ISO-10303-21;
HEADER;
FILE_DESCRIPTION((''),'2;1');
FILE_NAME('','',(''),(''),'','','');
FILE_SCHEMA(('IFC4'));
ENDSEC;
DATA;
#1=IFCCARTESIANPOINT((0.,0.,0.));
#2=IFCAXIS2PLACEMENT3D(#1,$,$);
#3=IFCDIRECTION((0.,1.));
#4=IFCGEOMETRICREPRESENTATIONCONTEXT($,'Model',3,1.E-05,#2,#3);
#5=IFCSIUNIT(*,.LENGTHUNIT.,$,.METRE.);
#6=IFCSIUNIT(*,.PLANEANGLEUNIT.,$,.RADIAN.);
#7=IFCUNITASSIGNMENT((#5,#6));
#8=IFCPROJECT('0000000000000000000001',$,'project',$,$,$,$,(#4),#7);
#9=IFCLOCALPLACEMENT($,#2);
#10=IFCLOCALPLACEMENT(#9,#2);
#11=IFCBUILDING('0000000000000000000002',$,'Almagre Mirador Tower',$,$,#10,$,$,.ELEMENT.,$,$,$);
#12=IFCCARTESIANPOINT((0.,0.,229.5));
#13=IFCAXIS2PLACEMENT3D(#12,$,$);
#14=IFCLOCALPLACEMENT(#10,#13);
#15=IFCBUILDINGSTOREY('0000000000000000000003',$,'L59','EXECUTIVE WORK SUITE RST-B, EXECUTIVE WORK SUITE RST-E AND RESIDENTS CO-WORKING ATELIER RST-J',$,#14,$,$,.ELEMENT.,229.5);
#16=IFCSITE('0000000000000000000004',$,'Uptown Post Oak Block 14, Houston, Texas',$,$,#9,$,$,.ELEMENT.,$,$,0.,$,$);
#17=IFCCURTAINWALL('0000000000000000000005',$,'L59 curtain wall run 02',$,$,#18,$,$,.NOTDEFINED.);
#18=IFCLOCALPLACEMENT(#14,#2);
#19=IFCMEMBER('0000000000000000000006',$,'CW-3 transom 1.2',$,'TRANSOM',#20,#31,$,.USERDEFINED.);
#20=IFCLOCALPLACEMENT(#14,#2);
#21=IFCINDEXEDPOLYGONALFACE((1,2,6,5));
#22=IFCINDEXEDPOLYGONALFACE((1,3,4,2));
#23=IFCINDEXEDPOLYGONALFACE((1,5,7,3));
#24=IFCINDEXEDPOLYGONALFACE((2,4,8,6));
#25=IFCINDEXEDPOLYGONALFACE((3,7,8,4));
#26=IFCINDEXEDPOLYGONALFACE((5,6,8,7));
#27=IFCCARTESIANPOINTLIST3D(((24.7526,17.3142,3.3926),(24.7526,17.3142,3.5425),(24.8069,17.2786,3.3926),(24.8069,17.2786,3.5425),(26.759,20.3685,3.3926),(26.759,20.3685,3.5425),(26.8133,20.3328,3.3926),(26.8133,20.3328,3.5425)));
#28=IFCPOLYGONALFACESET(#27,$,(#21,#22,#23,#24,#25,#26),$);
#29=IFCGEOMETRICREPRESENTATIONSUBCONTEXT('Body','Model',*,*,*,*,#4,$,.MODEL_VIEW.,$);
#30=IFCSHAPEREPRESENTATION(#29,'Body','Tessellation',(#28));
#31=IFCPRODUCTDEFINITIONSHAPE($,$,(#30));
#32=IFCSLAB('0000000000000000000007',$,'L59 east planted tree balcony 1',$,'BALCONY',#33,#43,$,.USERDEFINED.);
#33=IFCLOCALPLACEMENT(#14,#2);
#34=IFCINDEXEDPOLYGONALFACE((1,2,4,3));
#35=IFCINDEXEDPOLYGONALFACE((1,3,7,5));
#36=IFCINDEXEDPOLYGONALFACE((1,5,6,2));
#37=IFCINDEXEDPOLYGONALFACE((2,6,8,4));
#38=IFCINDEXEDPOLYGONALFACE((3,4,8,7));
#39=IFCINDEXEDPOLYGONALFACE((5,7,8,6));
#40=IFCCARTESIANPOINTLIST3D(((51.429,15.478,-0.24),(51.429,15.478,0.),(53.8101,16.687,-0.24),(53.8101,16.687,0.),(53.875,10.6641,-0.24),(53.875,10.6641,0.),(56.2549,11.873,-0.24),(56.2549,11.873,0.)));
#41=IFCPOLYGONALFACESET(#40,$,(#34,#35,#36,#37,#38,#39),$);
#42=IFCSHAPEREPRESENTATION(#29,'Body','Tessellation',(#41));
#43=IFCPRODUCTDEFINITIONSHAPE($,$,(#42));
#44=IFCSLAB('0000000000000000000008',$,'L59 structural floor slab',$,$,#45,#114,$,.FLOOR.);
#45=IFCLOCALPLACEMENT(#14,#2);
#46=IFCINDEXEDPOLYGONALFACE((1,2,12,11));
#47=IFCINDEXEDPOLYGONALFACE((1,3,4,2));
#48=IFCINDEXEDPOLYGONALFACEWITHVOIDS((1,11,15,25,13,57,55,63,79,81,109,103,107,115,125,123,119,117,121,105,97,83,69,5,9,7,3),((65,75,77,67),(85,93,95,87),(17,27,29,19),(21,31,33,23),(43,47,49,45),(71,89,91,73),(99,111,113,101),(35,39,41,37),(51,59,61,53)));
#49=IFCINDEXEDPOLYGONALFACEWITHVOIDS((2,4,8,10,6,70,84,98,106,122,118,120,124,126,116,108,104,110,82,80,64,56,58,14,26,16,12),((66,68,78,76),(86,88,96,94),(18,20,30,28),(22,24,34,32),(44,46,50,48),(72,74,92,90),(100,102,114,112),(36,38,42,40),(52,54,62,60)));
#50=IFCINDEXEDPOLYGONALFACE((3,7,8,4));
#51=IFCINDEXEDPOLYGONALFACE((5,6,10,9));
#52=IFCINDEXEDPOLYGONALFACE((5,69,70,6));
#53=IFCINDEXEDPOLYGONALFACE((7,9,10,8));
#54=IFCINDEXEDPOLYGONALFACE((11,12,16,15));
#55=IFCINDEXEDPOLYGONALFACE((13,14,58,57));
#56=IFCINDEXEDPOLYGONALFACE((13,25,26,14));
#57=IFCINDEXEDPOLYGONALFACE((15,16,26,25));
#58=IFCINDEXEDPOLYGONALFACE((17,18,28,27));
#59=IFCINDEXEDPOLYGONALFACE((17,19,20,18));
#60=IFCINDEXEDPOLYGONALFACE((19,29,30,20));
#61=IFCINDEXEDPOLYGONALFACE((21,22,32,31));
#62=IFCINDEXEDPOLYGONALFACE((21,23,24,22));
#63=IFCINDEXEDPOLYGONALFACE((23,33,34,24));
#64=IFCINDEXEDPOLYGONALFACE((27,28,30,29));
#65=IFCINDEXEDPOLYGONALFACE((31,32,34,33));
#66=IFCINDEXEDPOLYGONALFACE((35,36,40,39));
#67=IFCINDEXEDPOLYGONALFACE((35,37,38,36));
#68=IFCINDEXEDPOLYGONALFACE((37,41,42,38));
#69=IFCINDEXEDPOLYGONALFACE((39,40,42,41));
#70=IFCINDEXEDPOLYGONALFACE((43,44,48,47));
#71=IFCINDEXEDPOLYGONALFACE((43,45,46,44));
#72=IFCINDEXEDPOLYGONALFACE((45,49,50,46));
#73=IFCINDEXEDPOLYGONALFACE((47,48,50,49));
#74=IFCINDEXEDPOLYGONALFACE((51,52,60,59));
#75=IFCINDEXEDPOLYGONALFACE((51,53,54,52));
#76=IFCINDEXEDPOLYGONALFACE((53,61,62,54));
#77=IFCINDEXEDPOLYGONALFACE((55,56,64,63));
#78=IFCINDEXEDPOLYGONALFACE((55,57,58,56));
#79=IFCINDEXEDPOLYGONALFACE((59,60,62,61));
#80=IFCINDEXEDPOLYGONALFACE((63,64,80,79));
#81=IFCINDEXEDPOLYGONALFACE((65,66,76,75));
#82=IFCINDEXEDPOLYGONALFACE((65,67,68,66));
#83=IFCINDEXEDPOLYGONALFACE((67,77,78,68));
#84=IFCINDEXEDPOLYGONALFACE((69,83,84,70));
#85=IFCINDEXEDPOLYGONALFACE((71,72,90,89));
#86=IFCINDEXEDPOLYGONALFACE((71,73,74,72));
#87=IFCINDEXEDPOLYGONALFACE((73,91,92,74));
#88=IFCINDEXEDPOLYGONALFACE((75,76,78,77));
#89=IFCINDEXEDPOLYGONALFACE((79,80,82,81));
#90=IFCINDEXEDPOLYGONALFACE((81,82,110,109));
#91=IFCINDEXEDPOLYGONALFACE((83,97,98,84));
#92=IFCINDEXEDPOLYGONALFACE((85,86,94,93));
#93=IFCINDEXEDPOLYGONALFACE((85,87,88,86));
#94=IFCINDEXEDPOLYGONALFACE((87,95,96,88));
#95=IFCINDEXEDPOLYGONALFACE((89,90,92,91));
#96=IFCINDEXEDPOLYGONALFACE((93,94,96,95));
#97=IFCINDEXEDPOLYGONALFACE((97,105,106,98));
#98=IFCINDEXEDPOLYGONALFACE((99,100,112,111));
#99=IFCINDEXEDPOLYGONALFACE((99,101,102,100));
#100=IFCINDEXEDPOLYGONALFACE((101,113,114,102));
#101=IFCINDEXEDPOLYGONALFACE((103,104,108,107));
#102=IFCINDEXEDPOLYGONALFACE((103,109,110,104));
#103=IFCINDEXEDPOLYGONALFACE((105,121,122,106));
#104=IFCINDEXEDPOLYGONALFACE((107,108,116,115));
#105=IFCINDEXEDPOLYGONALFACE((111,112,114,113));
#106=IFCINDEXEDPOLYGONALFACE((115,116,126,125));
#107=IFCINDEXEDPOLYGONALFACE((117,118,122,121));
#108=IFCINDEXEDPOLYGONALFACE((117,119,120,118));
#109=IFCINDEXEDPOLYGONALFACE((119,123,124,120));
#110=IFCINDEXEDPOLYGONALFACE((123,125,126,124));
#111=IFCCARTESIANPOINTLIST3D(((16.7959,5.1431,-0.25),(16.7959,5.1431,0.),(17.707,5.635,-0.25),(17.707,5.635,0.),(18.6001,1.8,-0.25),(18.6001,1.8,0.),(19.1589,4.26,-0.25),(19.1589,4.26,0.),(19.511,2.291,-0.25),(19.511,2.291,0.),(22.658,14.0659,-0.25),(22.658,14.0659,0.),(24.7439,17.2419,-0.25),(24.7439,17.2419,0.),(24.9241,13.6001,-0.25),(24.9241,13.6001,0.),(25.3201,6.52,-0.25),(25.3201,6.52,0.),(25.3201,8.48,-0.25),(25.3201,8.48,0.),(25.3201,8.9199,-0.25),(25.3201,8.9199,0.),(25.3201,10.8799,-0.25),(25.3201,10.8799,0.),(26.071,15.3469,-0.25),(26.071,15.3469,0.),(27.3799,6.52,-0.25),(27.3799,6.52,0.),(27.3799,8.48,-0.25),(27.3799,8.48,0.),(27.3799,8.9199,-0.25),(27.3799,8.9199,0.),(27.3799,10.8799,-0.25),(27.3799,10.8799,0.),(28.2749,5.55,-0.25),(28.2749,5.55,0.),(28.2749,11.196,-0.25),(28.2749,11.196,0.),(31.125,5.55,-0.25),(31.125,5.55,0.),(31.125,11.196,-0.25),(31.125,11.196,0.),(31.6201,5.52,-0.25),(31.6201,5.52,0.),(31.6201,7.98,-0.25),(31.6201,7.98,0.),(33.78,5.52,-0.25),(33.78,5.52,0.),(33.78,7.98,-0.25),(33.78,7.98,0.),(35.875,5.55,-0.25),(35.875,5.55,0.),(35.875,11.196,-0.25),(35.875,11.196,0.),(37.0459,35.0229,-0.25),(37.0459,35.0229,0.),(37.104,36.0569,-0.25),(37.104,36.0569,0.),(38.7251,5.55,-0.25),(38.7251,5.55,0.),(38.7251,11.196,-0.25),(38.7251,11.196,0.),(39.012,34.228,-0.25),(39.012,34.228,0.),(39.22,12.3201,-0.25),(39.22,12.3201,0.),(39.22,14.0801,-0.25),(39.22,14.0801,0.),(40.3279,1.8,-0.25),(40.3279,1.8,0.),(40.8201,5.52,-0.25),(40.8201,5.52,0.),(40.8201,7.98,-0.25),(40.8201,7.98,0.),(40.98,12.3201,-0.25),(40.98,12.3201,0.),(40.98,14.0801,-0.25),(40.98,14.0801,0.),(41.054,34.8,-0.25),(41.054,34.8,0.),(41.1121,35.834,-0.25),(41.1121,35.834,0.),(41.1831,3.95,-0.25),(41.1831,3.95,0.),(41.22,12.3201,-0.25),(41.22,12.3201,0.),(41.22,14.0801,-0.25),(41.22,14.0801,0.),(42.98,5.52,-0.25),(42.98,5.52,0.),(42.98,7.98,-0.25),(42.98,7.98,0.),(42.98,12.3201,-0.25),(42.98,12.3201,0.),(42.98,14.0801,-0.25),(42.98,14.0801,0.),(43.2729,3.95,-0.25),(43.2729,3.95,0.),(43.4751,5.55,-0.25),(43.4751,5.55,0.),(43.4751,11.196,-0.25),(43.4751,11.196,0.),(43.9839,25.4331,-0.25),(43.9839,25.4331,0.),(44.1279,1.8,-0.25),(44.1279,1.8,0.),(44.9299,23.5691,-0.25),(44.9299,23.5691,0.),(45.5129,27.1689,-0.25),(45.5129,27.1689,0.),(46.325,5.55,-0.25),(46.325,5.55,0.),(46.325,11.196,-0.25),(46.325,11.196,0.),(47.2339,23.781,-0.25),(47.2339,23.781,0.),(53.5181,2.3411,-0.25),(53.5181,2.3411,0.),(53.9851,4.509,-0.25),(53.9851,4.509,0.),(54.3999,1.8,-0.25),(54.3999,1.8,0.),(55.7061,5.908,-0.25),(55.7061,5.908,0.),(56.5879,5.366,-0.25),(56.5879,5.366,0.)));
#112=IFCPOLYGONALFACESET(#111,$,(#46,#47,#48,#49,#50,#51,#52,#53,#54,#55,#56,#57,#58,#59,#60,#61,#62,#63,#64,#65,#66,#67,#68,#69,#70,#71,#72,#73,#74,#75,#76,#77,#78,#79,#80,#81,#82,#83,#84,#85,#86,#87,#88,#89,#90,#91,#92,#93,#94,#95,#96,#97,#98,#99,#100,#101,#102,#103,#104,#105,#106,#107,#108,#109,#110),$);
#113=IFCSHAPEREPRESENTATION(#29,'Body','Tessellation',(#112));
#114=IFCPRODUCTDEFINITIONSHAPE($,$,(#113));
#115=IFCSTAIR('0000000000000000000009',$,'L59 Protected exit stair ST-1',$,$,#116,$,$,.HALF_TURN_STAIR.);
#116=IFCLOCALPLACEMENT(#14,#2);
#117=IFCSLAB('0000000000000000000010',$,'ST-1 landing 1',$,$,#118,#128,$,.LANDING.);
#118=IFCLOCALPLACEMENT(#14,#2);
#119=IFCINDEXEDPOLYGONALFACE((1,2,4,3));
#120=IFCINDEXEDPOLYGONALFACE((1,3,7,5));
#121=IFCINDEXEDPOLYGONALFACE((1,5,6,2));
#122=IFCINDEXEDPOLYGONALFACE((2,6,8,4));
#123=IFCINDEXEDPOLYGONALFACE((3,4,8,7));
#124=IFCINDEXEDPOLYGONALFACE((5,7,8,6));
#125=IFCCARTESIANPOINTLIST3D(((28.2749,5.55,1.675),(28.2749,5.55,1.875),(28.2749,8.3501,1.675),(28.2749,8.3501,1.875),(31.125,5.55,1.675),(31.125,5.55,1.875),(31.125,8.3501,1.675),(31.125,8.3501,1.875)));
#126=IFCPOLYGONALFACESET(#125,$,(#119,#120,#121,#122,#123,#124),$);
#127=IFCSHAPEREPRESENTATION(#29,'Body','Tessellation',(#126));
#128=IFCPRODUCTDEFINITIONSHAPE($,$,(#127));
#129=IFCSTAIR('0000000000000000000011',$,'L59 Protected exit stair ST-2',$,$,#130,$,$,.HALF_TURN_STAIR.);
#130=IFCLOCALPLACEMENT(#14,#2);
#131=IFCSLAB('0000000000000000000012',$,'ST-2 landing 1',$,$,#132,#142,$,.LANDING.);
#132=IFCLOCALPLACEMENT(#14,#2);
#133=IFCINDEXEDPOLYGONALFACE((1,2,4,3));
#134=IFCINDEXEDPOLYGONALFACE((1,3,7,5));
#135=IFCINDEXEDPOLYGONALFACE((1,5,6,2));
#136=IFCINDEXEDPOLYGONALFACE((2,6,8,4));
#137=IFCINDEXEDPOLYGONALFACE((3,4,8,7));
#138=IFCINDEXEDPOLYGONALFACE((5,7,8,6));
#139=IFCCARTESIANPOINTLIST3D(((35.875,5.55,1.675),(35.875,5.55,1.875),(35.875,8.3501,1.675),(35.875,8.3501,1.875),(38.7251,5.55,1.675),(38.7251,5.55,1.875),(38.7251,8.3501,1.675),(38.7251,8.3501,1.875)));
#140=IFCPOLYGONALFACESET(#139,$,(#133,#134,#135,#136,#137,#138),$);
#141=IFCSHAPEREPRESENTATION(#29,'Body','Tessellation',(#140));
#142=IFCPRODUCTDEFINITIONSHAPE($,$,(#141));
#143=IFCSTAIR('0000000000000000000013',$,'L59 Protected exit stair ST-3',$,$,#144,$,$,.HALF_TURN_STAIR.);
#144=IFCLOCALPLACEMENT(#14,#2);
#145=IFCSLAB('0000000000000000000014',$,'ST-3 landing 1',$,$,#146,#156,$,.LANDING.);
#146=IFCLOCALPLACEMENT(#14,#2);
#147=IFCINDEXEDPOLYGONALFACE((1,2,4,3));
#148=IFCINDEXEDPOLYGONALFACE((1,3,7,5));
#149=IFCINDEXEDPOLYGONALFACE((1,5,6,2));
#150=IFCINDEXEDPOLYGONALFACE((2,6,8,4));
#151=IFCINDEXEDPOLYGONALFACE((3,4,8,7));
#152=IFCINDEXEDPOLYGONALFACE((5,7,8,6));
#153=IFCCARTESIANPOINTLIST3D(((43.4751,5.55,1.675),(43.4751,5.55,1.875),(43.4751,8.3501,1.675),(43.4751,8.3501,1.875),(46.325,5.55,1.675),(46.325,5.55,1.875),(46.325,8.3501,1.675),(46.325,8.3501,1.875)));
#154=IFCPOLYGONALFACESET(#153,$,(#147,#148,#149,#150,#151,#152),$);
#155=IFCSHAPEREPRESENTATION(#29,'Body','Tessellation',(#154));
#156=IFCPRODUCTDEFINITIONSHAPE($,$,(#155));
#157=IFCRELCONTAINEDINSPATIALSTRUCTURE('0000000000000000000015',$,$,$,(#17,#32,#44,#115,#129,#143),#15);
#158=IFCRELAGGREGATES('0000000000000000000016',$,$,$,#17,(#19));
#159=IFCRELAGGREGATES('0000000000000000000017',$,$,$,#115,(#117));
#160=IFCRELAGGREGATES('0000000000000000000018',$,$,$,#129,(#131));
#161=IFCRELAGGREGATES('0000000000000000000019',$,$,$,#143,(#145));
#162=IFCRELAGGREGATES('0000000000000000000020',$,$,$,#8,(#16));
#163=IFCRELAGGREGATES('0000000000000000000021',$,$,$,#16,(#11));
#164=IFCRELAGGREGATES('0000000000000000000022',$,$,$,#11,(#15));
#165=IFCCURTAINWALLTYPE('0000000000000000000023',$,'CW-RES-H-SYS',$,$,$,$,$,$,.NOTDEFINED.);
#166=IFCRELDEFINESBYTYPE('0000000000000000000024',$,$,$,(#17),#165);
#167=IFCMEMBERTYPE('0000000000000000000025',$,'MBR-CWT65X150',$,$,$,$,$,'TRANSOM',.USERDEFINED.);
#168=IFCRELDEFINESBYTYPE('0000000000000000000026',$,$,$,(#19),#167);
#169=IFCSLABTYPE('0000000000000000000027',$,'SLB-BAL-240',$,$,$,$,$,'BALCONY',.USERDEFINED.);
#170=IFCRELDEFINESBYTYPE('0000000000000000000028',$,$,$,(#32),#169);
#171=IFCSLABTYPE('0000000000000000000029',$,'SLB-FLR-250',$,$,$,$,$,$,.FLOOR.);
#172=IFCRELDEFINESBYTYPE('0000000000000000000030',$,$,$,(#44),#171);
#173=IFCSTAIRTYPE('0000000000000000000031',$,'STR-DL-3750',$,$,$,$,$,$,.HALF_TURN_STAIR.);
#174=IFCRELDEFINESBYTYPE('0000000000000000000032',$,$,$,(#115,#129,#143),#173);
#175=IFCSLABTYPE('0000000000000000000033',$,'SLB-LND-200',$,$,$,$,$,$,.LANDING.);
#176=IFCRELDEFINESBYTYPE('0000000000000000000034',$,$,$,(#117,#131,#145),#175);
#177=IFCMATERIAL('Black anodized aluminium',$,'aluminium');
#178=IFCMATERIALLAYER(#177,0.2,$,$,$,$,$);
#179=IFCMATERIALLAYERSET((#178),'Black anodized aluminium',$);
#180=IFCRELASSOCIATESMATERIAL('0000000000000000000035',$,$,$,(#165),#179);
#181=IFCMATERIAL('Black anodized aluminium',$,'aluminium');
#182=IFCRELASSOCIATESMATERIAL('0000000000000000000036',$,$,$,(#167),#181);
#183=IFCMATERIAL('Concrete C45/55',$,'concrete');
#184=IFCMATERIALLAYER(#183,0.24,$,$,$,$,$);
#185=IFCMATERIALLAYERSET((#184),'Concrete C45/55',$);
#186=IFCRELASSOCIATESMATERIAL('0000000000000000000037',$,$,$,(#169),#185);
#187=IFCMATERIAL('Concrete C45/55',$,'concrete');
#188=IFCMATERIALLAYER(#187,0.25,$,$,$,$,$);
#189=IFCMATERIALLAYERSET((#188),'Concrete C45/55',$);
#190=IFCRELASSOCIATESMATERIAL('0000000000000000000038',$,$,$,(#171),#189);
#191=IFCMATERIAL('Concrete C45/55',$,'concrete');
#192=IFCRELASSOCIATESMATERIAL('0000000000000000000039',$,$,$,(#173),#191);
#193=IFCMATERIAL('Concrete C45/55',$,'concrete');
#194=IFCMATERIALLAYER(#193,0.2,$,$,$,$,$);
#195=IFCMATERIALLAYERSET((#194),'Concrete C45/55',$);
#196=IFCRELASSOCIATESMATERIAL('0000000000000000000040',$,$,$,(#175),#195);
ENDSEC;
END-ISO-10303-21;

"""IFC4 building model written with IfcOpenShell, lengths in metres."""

from ifc_helpers import new_model, si_unit, direction, frame, origin, origin_2d, place, context, subcontext, project, spatial, polyline, rectangle, outline, extrude, material, layer, layer_set, material_profile, profile_set, type_object, element, aggregate, save


model = new_model("IFC4")

# Units and contexts
model_context = context("Model", 3, precision=1e-05, world=origin(), true_north=direction((0.0, 1.0)))
body_context = subcontext(model_context, "Body", "Model", "MODEL_VIEW")
ifc_project = project(units=[si_unit("LENGTHUNIT", "METRE"), si_unit("PLANEANGLEUNIT", "RADIAN")], contexts=[model_context])

# Site, building, storey
site_placement = place(None, origin())
site = spatial("IfcSite", under=ifc_project, at=site_placement, Name="Uptown Post Oak Block 14, Houston, Texas", CompositionType="ELEMENT", RefElevation=0.0)
building_placement = place(site_placement, origin())
building = spatial("IfcBuilding", under=site, at=building_placement, Name="Almagre Mirador Tower", CompositionType="ELEMENT")
storey_placement = place(building_placement, frame((0.0, 0.0, 229.5)))
storey = spatial("IfcBuildingStorey", under=building, at=storey_placement, Name="L59", Description="EXECUTIVE WORK SUITE RST-B, EXECUTIVE WORK SUITE RST-E AND RESIDENTS CO-WORKING ATELIER RST-J", CompositionType="ELEMENT", Elevation=229.5)

# Curtain wall
ifc_material_1 = material(Name="Black anodized aluminium", Category="aluminium")
ifc_layer_1 = layer(ifc_material_1, 0.2)
ifc_layer_set_1 = layer_set([ifc_layer_1], Name="Black anodized aluminium")
curtain_wall_type_1 = type_object("IfcCurtainWallType", Name="CW-RES-H-SYS", PredefinedType="NOTDEFINED", material=ifc_layer_set_1)
curtain_wall_1_placement = place(storey_placement, origin())
curtain_wall_1 = element("IfcCurtainWall", 1, at=curtain_wall_1_placement, inside=storey, type_object=curtain_wall_type_1, Name="L59 curtain wall run 02", PredefinedType="NOTDEFINED")

# Member
ifc_material_2 = material(Name="Black anodized aluminium", Category="aluminium")
ifc_material_profile_1 = material_profile(ifc_material_2, rectangle(XDim=0.0649, YDim=0.1499, at=origin_2d()), Name="CWT65X150")
ifc_profile_set_1 = profile_set([ifc_material_profile_1], Name="Black anodized aluminium")
member_type_1 = type_object("IfcMemberType", Name="MBR-CWT65X150", ElementType="TRANSOM", PredefinedType="USERDEFINED", material=ifc_profile_set_1)
member_1_placement = place(storey_placement, frame((24.7798, 17.2964, 3.4675), z_axis=(0.549045, 0.835793, 0.0), x_axis=(-0.835793, 0.549045, 0.0)))
member_1 = element("IfcMember", 2, at=member_1_placement, type_object=member_type_1, Name="CW-3 transom 1.2", ObjectType="TRANSOM", PredefinedType="USERDEFINED", context=body_context, shape_type="SweptSolid", body=[
    extrude(rectangle(XDim=0.0649, YDim=0.1499, at=origin_2d()), origin(), (0.0, 0.0, 1.0), 3.6543),
])
aggregate(curtain_wall_1, [member_1])

# Slabs
ifc_material_3 = material(Name="Concrete C45/55", Category="concrete")
ifc_layer_2 = layer(ifc_material_3, 0.24)
ifc_layer_set_2 = layer_set([ifc_layer_2], Name="Concrete C45/55")
slab_type_1 = type_object("IfcSlabType", Name="SLB-BAL-240", ElementType="BALCONY", PredefinedType="USERDEFINED", material=ifc_layer_set_2)
slab_1_placement = place(storey_placement, frame((0.0, 0.0, -0.24)))
element("IfcSlab", 3, at=slab_1_placement, inside=storey, type_object=slab_type_1, Name="L59 east planted tree balcony 1", ObjectType="BALCONY", PredefinedType="USERDEFINED", context=body_context, shape_type="SweptSolid", body=[
    extrude(outline(polyline([(53.875, 10.6641), (51.429, 15.478), (53.8101, 16.687), (56.2549, 11.873), (53.875, 10.6641)])), origin(), (0.0, 0.0, 1.0), 0.24),
])
ifc_material_4 = material(Name="Concrete C45/55", Category="concrete")
ifc_layer_3 = layer(ifc_material_4, 0.25)
ifc_layer_set_3 = layer_set([ifc_layer_3], Name="Concrete C45/55")
slab_type_2 = type_object("IfcSlabType", Name="SLB-FLR-250", PredefinedType="FLOOR", material=ifc_layer_set_3)
slab_2_placement = place(storey_placement, frame((0.0, 0.0, -0.25)))
element("IfcSlab", 4, at=slab_2_placement, inside=storey, type_object=slab_type_2, Name="L59 structural floor slab", PredefinedType="FLOOR", context=body_context, shape_type="SweptSolid", body=[
    extrude(outline(polyline([(16.7959, 5.1431), (17.707, 5.635), (19.1589, 4.26), (19.511, 2.291), (18.6001, 1.8), (40.3279, 1.8), (41.1831, 3.95), (43.2729, 3.95), (44.1279, 1.8), (54.3999, 1.8), (53.5181, 2.3411), (53.9851, 4.509), (55.7061, 5.908), (56.5879, 5.366), (47.2339, 23.781), (44.9299, 23.5691), (43.9839, 25.4331), (45.5129, 27.1689), (41.1121, 35.834), (41.054, 34.8), (39.012, 34.228), (37.0459, 35.0229), (37.104, 36.0569), (24.7439, 17.2419), (26.071, 15.3469), (24.9241, 13.6001), (22.658, 14.0659), (16.7959, 5.1431)]), holes=[polyline([(43.4751, 5.55), (43.4751, 11.196), (46.325, 11.196), (46.325, 5.55), (43.4751, 5.55)]), polyline([(41.22, 12.3201), (41.22, 14.0801), (42.98, 14.0801), (42.98, 12.3201), (41.22, 12.3201)]), polyline([(42.98, 5.52), (40.8201, 5.52), (40.8201, 7.98), (42.98, 7.98), (42.98, 5.52)]), polyline([(39.22, 12.3201), (39.22, 14.0801), (40.98, 14.0801), (40.98, 12.3201), (39.22, 12.3201)]), polyline([(35.875, 5.55), (35.875, 11.196), (38.7251, 11.196), (38.7251, 5.55), (35.875, 5.55)]), polyline([(33.78, 5.52), (31.6201, 5.52), (31.6201, 7.98), (33.78, 7.98), (33.78, 5.52)]), polyline([(28.2749, 5.55), (28.2749, 11.196), (31.125, 11.196), (31.125, 5.55), (28.2749, 5.55)]), polyline([(27.3799, 6.52), (25.3201, 6.52), (25.3201, 8.48), (27.3799, 8.48), (27.3799, 6.52)]), polyline([(27.3799, 8.9199), (25.3201, 8.9199), (25.3201, 10.8799), (27.3799, 10.8799), (27.3799, 8.9199)])]), origin(), (0.0, 0.0, 1.0), 0.25),
])

# Stairs, slabs
ifc_material_5 = material(Name="Concrete C45/55", Category="concrete")
stair_type = type_object("IfcStairType", Name="STR-DL-3750", PredefinedType="HALF_TURN_STAIR", material=ifc_material_5)
stair_1_placement = place(storey_placement, origin())
stair_1 = element("IfcStair", 5, at=stair_1_placement, inside=storey, type_object=stair_type, Name="L59 Protected exit stair ST-1", PredefinedType="HALF_TURN_STAIR")
ifc_material_6 = material(Name="Concrete C45/55", Category="concrete")
ifc_layer_4 = layer(ifc_material_6, 0.2)
ifc_layer_set_4 = layer_set([ifc_layer_4], Name="Concrete C45/55")
slab_type_3 = type_object("IfcSlabType", Name="SLB-LND-200", PredefinedType="LANDING", material=ifc_layer_set_4)
slab_3_placement = place(storey_placement, frame((0.0, 0.0, 1.675)))
slab_3 = element("IfcSlab", 6, at=slab_3_placement, type_object=slab_type_3, Name="ST-1 landing 1", PredefinedType="LANDING", context=body_context, shape_type="SweptSolid", body=[
    extrude(outline(polyline([(28.2749, 8.3501), (28.2749, 5.55), (31.125, 5.55), (31.125, 8.3501), (28.2749, 8.3501)])), origin(), (0.0, 0.0, 1.0), 0.2),
])
aggregate(stair_1, [slab_3])
stair_2_placement = place(storey_placement, origin())
stair_2 = element("IfcStair", 7, at=stair_2_placement, inside=storey, type_object=stair_type, Name="L59 Protected exit stair ST-2", PredefinedType="HALF_TURN_STAIR")
slab_4_placement = place(storey_placement, frame((0.0, 0.0, 1.675)))
slab_4 = element("IfcSlab", 8, at=slab_4_placement, type_object=slab_type_3, Name="ST-2 landing 1", PredefinedType="LANDING", context=body_context, shape_type="SweptSolid", body=[
    extrude(outline(polyline([(35.875, 8.3501), (35.875, 5.55), (38.7251, 5.55), (38.7251, 8.3501), (35.875, 8.3501)])), origin(), (0.0, 0.0, 1.0), 0.2),
])
aggregate(stair_2, [slab_4])
stair_3_placement = place(storey_placement, origin())
stair_3 = element("IfcStair", 9, at=stair_3_placement, inside=storey, type_object=stair_type, Name="L59 Protected exit stair ST-3", PredefinedType="HALF_TURN_STAIR")
slab_5_placement = place(storey_placement, frame((0.0, 0.0, 1.675)))
slab_5 = element("IfcSlab", 10, at=slab_5_placement, type_object=slab_type_3, Name="ST-3 landing 1", PredefinedType="LANDING", context=body_context, shape_type="SweptSolid", body=[
    extrude(outline(polyline([(43.4751, 8.3501), (43.4751, 5.55), (46.325, 5.55), (46.325, 8.3501), (43.4751, 8.3501)])), origin(), (0.0, 0.0, 1.0), 0.2),
])
aggregate(stair_3, [slab_5])

save(model, "model.ifc")
